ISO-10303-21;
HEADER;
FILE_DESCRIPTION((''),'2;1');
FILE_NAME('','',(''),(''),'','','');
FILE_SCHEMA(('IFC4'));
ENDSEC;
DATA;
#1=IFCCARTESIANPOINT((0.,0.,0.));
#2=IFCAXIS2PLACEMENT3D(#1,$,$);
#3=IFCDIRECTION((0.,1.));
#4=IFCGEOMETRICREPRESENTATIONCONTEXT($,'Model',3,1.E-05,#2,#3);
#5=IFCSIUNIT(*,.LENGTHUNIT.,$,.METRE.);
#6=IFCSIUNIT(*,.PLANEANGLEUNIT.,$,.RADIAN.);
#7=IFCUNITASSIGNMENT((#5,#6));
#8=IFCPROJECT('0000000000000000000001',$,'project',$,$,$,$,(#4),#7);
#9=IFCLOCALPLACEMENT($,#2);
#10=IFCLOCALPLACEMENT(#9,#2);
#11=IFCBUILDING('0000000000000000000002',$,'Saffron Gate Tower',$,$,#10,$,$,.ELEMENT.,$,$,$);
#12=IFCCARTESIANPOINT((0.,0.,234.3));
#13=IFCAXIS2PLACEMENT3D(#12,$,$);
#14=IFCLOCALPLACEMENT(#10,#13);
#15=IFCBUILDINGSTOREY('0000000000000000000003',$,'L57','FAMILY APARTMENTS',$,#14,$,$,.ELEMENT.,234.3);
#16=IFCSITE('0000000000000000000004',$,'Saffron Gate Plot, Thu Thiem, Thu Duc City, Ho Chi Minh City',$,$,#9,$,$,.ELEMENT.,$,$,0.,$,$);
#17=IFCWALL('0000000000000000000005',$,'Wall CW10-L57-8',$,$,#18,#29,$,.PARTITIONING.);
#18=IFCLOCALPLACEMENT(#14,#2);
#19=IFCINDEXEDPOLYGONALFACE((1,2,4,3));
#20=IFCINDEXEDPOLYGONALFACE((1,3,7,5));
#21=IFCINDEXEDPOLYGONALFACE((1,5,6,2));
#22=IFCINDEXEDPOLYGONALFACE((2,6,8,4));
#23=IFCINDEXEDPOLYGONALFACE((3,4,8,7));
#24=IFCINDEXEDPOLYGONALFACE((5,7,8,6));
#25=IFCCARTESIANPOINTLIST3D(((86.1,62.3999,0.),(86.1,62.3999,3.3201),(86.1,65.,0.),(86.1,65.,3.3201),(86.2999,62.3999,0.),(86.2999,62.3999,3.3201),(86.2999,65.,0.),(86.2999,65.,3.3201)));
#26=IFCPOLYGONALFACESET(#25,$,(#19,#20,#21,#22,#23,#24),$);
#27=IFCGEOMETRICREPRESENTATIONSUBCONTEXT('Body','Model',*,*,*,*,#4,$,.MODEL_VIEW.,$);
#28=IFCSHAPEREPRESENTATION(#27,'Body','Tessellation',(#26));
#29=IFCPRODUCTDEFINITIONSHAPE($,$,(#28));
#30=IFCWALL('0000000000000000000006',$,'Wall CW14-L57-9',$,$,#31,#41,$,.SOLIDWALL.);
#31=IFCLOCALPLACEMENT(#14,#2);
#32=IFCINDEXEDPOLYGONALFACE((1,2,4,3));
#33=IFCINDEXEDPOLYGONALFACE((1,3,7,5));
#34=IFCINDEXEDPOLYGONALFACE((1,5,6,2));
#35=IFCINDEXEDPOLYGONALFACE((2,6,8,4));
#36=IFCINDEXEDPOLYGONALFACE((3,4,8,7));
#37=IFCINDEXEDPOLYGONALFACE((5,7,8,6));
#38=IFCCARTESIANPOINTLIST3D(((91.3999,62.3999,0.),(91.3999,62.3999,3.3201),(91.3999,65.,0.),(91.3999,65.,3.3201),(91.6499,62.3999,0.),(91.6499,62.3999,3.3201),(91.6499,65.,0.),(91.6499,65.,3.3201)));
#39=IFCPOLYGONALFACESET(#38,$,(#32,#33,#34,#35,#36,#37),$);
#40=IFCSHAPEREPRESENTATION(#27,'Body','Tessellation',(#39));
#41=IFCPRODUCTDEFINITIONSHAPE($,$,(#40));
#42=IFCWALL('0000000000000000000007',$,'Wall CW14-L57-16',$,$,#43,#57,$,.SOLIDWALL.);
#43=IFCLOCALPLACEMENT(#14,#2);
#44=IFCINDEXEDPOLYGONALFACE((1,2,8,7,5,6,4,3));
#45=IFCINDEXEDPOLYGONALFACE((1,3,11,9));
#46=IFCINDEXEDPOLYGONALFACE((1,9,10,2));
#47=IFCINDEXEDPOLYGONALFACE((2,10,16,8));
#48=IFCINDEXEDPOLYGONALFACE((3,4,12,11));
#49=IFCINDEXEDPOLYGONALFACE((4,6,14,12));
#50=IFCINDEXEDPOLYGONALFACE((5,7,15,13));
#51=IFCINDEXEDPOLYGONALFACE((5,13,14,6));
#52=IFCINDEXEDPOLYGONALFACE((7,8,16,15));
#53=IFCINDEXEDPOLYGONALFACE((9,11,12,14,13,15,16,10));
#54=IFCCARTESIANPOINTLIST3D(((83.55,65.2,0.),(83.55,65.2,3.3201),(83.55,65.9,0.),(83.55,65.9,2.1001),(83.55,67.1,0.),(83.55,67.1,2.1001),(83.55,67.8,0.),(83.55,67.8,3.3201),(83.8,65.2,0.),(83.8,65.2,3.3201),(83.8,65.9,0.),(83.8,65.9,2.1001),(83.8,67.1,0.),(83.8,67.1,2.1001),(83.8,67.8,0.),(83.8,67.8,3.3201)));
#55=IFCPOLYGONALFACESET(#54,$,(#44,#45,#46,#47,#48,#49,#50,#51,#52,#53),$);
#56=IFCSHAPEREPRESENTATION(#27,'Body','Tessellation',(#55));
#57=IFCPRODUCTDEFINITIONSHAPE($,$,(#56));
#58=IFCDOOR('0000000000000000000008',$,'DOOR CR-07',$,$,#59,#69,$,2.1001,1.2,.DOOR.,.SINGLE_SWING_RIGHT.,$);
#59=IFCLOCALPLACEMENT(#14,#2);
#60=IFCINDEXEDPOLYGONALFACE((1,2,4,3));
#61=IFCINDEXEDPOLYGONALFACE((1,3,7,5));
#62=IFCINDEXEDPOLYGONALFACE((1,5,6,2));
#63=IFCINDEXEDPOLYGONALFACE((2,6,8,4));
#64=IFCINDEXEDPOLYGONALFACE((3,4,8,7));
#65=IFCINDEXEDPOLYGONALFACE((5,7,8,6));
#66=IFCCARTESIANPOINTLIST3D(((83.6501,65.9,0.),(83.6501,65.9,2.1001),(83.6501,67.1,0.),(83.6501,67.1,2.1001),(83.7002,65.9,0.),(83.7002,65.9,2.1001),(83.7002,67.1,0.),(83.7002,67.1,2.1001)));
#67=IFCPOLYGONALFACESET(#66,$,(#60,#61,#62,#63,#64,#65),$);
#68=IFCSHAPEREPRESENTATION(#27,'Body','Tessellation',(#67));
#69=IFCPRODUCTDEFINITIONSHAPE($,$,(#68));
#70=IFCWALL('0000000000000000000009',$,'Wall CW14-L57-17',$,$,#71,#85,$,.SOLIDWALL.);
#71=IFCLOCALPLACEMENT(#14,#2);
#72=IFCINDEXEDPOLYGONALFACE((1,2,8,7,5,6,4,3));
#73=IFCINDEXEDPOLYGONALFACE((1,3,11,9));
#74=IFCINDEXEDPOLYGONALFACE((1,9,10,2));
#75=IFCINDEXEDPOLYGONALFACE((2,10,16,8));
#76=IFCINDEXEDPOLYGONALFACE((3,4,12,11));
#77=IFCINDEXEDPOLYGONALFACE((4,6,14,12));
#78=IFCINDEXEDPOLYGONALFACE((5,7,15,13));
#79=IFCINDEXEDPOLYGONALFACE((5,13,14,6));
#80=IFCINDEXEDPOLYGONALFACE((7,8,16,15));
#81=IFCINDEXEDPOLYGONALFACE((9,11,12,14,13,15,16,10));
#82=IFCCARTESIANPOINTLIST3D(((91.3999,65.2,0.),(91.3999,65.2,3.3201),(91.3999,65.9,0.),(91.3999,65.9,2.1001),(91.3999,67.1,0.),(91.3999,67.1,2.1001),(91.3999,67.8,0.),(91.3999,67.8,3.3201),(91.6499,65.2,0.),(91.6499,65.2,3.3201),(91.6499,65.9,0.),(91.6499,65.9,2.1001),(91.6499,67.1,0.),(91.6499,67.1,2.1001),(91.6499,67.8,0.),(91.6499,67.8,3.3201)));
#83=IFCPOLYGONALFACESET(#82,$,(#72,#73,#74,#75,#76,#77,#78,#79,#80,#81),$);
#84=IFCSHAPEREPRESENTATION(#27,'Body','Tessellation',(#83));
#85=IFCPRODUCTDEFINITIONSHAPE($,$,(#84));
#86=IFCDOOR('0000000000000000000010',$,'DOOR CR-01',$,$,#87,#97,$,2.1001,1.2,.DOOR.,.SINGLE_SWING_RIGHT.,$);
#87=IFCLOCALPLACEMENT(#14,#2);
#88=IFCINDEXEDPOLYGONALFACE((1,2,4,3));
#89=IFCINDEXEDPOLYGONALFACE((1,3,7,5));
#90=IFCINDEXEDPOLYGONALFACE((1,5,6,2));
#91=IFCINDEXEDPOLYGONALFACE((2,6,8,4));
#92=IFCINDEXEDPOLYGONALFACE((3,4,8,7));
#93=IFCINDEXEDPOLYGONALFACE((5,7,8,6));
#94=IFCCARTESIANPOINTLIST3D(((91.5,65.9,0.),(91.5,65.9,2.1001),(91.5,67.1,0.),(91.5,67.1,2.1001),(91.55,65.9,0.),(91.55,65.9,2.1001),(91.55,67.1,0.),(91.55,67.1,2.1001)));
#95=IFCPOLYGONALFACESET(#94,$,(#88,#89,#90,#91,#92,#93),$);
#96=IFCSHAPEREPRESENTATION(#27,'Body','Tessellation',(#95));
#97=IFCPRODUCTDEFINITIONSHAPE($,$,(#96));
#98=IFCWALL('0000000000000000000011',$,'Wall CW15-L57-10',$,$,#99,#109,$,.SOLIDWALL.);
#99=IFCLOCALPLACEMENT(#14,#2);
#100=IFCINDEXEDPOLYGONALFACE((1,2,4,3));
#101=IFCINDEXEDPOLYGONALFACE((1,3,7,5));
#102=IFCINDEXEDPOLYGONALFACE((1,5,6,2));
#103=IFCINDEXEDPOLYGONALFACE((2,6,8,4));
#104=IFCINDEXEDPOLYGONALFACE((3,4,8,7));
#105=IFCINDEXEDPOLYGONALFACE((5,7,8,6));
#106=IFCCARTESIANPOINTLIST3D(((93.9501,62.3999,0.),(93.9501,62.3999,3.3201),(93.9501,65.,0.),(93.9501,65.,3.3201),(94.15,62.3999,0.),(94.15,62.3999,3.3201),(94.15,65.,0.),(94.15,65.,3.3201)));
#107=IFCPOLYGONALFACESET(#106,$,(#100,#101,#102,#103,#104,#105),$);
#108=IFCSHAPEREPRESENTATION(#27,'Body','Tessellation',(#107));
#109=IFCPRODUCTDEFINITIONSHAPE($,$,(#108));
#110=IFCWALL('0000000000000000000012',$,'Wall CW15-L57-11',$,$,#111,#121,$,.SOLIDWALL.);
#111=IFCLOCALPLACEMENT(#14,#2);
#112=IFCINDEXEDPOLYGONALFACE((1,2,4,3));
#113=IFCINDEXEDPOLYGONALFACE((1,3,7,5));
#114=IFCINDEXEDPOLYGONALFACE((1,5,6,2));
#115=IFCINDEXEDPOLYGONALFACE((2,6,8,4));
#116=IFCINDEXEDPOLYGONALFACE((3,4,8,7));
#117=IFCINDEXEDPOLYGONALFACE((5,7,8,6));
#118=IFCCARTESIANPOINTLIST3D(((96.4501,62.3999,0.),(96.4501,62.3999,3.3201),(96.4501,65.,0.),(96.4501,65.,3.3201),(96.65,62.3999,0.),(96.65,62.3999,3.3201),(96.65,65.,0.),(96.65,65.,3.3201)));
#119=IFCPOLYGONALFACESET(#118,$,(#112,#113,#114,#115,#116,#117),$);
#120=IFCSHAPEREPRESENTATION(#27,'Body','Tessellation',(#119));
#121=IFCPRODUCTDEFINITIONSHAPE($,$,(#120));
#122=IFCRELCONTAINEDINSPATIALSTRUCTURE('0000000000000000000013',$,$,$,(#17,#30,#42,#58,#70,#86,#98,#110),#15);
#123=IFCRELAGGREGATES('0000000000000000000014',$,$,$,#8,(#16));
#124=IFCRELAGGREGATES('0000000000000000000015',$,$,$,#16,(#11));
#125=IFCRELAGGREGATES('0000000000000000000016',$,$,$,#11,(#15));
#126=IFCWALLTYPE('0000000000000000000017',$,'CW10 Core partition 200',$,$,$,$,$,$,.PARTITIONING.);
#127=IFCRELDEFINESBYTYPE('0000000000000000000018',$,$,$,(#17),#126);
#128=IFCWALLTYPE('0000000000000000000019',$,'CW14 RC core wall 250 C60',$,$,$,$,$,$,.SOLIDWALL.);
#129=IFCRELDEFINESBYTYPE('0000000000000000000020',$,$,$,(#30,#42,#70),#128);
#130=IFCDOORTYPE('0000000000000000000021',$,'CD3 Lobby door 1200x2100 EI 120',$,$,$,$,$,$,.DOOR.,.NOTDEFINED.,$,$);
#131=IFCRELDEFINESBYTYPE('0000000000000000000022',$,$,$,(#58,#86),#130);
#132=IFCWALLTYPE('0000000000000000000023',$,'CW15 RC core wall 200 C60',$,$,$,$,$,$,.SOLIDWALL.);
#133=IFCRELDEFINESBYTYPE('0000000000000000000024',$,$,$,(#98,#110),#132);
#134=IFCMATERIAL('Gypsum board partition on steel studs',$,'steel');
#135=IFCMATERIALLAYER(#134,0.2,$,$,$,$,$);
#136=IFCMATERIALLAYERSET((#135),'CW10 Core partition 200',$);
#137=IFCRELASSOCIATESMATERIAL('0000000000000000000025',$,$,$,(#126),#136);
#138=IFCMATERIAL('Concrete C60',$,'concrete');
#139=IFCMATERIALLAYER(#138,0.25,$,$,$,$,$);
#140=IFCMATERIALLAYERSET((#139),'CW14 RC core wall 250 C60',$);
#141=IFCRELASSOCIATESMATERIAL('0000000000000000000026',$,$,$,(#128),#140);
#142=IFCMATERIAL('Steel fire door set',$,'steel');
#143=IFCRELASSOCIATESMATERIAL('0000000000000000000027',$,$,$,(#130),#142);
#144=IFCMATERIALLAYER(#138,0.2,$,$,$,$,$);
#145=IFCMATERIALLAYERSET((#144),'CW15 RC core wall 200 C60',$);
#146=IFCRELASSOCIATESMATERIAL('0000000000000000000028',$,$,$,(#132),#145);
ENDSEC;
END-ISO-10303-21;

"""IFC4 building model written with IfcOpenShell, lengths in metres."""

from ifc_helpers import new_model, si_unit, direction, frame, frame_2d, origin, place, context, subcontext, project, spatial, rectangle, extrude, material, layer, layer_set, type_object, element, fill, save


model = new_model("IFC4")

# Units and contexts
model_context = context("Model", 3, precision=1e-05, world=origin(), true_north=direction((0.0, 1.0)))
body_context = subcontext(model_context, "Body", "Model", "MODEL_VIEW")
ifc_project = project(units=[si_unit("LENGTHUNIT", "METRE"), si_unit("PLANEANGLEUNIT", "RADIAN")], contexts=[model_context])

# Site, building, storey
site_placement = place(None, origin())
site = spatial("IfcSite", under=ifc_project, at=site_placement, Name="Saffron Gate Plot, Thu Thiem, Thu Duc City, Ho Chi Minh City", CompositionType="ELEMENT", RefElevation=0.0)
building_placement = place(site_placement, origin())
building = spatial("IfcBuilding", under=site, at=building_placement, Name="Saffron Gate Tower", CompositionType="ELEMENT")
storey_placement = place(building_placement, frame((0.0, 0.0, 234.3)))
storey = spatial("IfcBuildingStorey", under=building, at=storey_placement, Name="L57", Description="FAMILY APARTMENTS", CompositionType="ELEMENT", Elevation=234.3)

# Walls
ifc_material_1 = material(Name="Gypsum board partition on steel studs", Category="steel")
ifc_layer_1 = layer(ifc_material_1, 0.2)
ifc_layer_set_1 = layer_set([ifc_layer_1], Name="CW10 Core partition 200")
wall_type_1 = type_object("IfcWallType", Name="CW10 Core partition 200", PredefinedType="PARTITIONING", material=ifc_layer_set_1)
wall_1_placement = place(storey_placement, frame((86.2, 62.3999, 0.0), z_axis=(0.0, 0.0, 1.0), x_axis=(0.0, 1.0, 0.0)))
element("IfcWall", 1, at=wall_1_placement, inside=storey, type_object=wall_type_1, Name="Wall CW10-L57-8", PredefinedType="PARTITIONING", context=body_context, shape_type="SweptSolid", body=[
    extrude(rectangle(XDim=2.6001, YDim=0.2, at=frame_2d((1.3, 0.0))), origin(), (0.0, 0.0, 1.0), 3.3201),
])
ifc_material_2 = material(Name="Concrete C60", Category="concrete")
ifc_layer_2 = layer(ifc_material_2, 0.25)
ifc_layer_set_2 = layer_set([ifc_layer_2], Name="CW14 RC core wall 250 C60")
wall_type_2 = type_object("IfcWallType", Name="CW14 RC core wall 250 C60", PredefinedType="SOLIDWALL", material=ifc_layer_set_2)
wall_2_placement = place(storey_placement, frame((91.5249, 62.3999, 0.0), z_axis=(0.0, 0.0, 1.0), x_axis=(0.0, 1.0, 0.0)))
element("IfcWall", 2, at=wall_2_placement, inside=storey, type_object=wall_type_2, Name="Wall CW14-L57-9", PredefinedType="SOLIDWALL", context=body_context, shape_type="SweptSolid", body=[
    extrude(rectangle(XDim=2.6001, YDim=0.25, at=frame_2d((1.3, 0.0))), origin(), (0.0, 0.0, 1.0), 3.3201),
])

# Walls, openings, doors
wall_3_placement = place(storey_placement, frame((83.675, 65.2, 0.0), z_axis=(0.0, 0.0, 1.0), x_axis=(0.0, 1.0, 0.0)))
wall_3 = element("IfcWall", 3, at=wall_3_placement, inside=storey, type_object=wall_type_2, Name="Wall CW14-L57-16", PredefinedType="SOLIDWALL", context=body_context, shape_type="SweptSolid", body=[
    extrude(rectangle(XDim=2.6001, YDim=0.25, at=frame_2d((1.3, 0.0))), origin(), (0.0, 0.0, 1.0), 3.3201),
])
opening_1_placement = place(wall_3_placement, frame((0.7, 0.0, 0.0)))
opening_1 = element("IfcOpeningElement", 4, at=opening_1_placement, cuts=wall_3, PredefinedType="OPENING", context=body_context, shape_type="SweptSolid", body=[
    extrude(rectangle(XDim=1.2, YDim=2.1001, at=frame_2d((0.6001, 1.05))), frame((0.0, 0.135, 0.0), z_axis=(0.0, -1.0, 0.0), x_axis=(1.0, 0.0, 0.0)), (0.0, 0.0, 1.0), 0.27),
])
ifc_material_3 = material(Name="Steel fire door set", Category="steel")
door_type_1 = type_object("IfcDoorType", Name="CD3 Lobby door 1200x2100 EI 120", OperationType="NOTDEFINED", PredefinedType="DOOR", material=ifc_material_3)
door_1_placement = place(opening_1_placement, origin())
door_1 = element("IfcDoor", 5, at=door_1_placement, inside=storey, type_object=door_type_1, Name="DOOR CR-07", OperationType="SINGLE_SWING_RIGHT", OverallHeight=2.1001, OverallWidth=1.2, PredefinedType="DOOR", context=body_context, shape_type="SweptSolid", body=[
    extrude(rectangle(XDim=1.2, YDim=2.1001, at=frame_2d((0.6001, 1.05))), frame((0.0, 0.0249, 0.0), z_axis=(0.0, -1.0, 0.0), x_axis=(1.0, 0.0, 0.0)), (0.0, 0.0, 1.0), 0.05),
])
fill(opening_1, door_1)
wall_4_placement = place(storey_placement, frame((91.5249, 65.2, 0.0), z_axis=(0.0, 0.0, 1.0), x_axis=(0.0, 1.0, 0.0)))
wall_4 = element("IfcWall", 6, at=wall_4_placement, inside=storey, type_object=wall_type_2, Name="Wall CW14-L57-17", PredefinedType="SOLIDWALL", context=body_context, shape_type="SweptSolid", body=[
    extrude(rectangle(XDim=2.6001, YDim=0.25, at=frame_2d((1.3, 0.0))), origin(), (0.0, 0.0, 1.0), 3.3201),
])
opening_2_placement = place(wall_4_placement, frame((0.7, 0.0, 0.0)))
opening_2 = element("IfcOpeningElement", 7, at=opening_2_placement, cuts=wall_4, PredefinedType="OPENING", context=body_context, shape_type="SweptSolid", body=[
    extrude(rectangle(XDim=1.2, YDim=2.1001, at=frame_2d((0.6001, 1.05))), frame((0.0, 0.135, 0.0), z_axis=(0.0, -1.0, 0.0), x_axis=(1.0, 0.0, 0.0)), (0.0, 0.0, 1.0), 0.27),
])
door_2_placement = place(opening_2_placement, origin())
door_2 = element("IfcDoor", 8, at=door_2_placement, inside=storey, type_object=door_type_1, Name="DOOR CR-01", OperationType="SINGLE_SWING_RIGHT", OverallHeight=2.1001, OverallWidth=1.2, PredefinedType="DOOR", context=body_context, shape_type="SweptSolid", body=[
    extrude(rectangle(XDim=1.2, YDim=2.1001, at=frame_2d((0.6001, 1.05))), frame((0.0, 0.0249, 0.0), z_axis=(0.0, -1.0, 0.0), x_axis=(1.0, 0.0, 0.0)), (0.0, 0.0, 1.0), 0.05),
])
fill(opening_2, door_2)

# Walls
ifc_layer_3 = layer(ifc_material_2, 0.2)
ifc_layer_set_3 = layer_set([ifc_layer_3], Name="CW15 RC core wall 200 C60")
wall_type_3 = type_object("IfcWallType", Name="CW15 RC core wall 200 C60", PredefinedType="SOLIDWALL", material=ifc_layer_set_3)
for number, where, z_axis, x_axis, name in (
    (9, (94.05, 62.3999, 0.0), (0.0, 0.0, 1.0), (0.0, 1.0, 0.0), "Wall CW15-L57-10"),
    (10, (96.55, 62.3999, 0.0), (0.0, 0.0, 1.0), (0.0, 1.0, 0.0), "Wall CW15-L57-11"),
):
    element("IfcWall", number, at=place(storey_placement, frame(where, z_axis=z_axis, x_axis=x_axis)), inside=storey, type_object=wall_type_3, Name=name, PredefinedType="SOLIDWALL", context=body_context, shape_type="SweptSolid", body=[
        extrude(rectangle(XDim=2.6001, YDim=0.2, at=frame_2d((1.3, 0.0))), origin(), (0.0, 0.0, 1.0), 3.3201),
    ])

save(model, "model.ifc")
